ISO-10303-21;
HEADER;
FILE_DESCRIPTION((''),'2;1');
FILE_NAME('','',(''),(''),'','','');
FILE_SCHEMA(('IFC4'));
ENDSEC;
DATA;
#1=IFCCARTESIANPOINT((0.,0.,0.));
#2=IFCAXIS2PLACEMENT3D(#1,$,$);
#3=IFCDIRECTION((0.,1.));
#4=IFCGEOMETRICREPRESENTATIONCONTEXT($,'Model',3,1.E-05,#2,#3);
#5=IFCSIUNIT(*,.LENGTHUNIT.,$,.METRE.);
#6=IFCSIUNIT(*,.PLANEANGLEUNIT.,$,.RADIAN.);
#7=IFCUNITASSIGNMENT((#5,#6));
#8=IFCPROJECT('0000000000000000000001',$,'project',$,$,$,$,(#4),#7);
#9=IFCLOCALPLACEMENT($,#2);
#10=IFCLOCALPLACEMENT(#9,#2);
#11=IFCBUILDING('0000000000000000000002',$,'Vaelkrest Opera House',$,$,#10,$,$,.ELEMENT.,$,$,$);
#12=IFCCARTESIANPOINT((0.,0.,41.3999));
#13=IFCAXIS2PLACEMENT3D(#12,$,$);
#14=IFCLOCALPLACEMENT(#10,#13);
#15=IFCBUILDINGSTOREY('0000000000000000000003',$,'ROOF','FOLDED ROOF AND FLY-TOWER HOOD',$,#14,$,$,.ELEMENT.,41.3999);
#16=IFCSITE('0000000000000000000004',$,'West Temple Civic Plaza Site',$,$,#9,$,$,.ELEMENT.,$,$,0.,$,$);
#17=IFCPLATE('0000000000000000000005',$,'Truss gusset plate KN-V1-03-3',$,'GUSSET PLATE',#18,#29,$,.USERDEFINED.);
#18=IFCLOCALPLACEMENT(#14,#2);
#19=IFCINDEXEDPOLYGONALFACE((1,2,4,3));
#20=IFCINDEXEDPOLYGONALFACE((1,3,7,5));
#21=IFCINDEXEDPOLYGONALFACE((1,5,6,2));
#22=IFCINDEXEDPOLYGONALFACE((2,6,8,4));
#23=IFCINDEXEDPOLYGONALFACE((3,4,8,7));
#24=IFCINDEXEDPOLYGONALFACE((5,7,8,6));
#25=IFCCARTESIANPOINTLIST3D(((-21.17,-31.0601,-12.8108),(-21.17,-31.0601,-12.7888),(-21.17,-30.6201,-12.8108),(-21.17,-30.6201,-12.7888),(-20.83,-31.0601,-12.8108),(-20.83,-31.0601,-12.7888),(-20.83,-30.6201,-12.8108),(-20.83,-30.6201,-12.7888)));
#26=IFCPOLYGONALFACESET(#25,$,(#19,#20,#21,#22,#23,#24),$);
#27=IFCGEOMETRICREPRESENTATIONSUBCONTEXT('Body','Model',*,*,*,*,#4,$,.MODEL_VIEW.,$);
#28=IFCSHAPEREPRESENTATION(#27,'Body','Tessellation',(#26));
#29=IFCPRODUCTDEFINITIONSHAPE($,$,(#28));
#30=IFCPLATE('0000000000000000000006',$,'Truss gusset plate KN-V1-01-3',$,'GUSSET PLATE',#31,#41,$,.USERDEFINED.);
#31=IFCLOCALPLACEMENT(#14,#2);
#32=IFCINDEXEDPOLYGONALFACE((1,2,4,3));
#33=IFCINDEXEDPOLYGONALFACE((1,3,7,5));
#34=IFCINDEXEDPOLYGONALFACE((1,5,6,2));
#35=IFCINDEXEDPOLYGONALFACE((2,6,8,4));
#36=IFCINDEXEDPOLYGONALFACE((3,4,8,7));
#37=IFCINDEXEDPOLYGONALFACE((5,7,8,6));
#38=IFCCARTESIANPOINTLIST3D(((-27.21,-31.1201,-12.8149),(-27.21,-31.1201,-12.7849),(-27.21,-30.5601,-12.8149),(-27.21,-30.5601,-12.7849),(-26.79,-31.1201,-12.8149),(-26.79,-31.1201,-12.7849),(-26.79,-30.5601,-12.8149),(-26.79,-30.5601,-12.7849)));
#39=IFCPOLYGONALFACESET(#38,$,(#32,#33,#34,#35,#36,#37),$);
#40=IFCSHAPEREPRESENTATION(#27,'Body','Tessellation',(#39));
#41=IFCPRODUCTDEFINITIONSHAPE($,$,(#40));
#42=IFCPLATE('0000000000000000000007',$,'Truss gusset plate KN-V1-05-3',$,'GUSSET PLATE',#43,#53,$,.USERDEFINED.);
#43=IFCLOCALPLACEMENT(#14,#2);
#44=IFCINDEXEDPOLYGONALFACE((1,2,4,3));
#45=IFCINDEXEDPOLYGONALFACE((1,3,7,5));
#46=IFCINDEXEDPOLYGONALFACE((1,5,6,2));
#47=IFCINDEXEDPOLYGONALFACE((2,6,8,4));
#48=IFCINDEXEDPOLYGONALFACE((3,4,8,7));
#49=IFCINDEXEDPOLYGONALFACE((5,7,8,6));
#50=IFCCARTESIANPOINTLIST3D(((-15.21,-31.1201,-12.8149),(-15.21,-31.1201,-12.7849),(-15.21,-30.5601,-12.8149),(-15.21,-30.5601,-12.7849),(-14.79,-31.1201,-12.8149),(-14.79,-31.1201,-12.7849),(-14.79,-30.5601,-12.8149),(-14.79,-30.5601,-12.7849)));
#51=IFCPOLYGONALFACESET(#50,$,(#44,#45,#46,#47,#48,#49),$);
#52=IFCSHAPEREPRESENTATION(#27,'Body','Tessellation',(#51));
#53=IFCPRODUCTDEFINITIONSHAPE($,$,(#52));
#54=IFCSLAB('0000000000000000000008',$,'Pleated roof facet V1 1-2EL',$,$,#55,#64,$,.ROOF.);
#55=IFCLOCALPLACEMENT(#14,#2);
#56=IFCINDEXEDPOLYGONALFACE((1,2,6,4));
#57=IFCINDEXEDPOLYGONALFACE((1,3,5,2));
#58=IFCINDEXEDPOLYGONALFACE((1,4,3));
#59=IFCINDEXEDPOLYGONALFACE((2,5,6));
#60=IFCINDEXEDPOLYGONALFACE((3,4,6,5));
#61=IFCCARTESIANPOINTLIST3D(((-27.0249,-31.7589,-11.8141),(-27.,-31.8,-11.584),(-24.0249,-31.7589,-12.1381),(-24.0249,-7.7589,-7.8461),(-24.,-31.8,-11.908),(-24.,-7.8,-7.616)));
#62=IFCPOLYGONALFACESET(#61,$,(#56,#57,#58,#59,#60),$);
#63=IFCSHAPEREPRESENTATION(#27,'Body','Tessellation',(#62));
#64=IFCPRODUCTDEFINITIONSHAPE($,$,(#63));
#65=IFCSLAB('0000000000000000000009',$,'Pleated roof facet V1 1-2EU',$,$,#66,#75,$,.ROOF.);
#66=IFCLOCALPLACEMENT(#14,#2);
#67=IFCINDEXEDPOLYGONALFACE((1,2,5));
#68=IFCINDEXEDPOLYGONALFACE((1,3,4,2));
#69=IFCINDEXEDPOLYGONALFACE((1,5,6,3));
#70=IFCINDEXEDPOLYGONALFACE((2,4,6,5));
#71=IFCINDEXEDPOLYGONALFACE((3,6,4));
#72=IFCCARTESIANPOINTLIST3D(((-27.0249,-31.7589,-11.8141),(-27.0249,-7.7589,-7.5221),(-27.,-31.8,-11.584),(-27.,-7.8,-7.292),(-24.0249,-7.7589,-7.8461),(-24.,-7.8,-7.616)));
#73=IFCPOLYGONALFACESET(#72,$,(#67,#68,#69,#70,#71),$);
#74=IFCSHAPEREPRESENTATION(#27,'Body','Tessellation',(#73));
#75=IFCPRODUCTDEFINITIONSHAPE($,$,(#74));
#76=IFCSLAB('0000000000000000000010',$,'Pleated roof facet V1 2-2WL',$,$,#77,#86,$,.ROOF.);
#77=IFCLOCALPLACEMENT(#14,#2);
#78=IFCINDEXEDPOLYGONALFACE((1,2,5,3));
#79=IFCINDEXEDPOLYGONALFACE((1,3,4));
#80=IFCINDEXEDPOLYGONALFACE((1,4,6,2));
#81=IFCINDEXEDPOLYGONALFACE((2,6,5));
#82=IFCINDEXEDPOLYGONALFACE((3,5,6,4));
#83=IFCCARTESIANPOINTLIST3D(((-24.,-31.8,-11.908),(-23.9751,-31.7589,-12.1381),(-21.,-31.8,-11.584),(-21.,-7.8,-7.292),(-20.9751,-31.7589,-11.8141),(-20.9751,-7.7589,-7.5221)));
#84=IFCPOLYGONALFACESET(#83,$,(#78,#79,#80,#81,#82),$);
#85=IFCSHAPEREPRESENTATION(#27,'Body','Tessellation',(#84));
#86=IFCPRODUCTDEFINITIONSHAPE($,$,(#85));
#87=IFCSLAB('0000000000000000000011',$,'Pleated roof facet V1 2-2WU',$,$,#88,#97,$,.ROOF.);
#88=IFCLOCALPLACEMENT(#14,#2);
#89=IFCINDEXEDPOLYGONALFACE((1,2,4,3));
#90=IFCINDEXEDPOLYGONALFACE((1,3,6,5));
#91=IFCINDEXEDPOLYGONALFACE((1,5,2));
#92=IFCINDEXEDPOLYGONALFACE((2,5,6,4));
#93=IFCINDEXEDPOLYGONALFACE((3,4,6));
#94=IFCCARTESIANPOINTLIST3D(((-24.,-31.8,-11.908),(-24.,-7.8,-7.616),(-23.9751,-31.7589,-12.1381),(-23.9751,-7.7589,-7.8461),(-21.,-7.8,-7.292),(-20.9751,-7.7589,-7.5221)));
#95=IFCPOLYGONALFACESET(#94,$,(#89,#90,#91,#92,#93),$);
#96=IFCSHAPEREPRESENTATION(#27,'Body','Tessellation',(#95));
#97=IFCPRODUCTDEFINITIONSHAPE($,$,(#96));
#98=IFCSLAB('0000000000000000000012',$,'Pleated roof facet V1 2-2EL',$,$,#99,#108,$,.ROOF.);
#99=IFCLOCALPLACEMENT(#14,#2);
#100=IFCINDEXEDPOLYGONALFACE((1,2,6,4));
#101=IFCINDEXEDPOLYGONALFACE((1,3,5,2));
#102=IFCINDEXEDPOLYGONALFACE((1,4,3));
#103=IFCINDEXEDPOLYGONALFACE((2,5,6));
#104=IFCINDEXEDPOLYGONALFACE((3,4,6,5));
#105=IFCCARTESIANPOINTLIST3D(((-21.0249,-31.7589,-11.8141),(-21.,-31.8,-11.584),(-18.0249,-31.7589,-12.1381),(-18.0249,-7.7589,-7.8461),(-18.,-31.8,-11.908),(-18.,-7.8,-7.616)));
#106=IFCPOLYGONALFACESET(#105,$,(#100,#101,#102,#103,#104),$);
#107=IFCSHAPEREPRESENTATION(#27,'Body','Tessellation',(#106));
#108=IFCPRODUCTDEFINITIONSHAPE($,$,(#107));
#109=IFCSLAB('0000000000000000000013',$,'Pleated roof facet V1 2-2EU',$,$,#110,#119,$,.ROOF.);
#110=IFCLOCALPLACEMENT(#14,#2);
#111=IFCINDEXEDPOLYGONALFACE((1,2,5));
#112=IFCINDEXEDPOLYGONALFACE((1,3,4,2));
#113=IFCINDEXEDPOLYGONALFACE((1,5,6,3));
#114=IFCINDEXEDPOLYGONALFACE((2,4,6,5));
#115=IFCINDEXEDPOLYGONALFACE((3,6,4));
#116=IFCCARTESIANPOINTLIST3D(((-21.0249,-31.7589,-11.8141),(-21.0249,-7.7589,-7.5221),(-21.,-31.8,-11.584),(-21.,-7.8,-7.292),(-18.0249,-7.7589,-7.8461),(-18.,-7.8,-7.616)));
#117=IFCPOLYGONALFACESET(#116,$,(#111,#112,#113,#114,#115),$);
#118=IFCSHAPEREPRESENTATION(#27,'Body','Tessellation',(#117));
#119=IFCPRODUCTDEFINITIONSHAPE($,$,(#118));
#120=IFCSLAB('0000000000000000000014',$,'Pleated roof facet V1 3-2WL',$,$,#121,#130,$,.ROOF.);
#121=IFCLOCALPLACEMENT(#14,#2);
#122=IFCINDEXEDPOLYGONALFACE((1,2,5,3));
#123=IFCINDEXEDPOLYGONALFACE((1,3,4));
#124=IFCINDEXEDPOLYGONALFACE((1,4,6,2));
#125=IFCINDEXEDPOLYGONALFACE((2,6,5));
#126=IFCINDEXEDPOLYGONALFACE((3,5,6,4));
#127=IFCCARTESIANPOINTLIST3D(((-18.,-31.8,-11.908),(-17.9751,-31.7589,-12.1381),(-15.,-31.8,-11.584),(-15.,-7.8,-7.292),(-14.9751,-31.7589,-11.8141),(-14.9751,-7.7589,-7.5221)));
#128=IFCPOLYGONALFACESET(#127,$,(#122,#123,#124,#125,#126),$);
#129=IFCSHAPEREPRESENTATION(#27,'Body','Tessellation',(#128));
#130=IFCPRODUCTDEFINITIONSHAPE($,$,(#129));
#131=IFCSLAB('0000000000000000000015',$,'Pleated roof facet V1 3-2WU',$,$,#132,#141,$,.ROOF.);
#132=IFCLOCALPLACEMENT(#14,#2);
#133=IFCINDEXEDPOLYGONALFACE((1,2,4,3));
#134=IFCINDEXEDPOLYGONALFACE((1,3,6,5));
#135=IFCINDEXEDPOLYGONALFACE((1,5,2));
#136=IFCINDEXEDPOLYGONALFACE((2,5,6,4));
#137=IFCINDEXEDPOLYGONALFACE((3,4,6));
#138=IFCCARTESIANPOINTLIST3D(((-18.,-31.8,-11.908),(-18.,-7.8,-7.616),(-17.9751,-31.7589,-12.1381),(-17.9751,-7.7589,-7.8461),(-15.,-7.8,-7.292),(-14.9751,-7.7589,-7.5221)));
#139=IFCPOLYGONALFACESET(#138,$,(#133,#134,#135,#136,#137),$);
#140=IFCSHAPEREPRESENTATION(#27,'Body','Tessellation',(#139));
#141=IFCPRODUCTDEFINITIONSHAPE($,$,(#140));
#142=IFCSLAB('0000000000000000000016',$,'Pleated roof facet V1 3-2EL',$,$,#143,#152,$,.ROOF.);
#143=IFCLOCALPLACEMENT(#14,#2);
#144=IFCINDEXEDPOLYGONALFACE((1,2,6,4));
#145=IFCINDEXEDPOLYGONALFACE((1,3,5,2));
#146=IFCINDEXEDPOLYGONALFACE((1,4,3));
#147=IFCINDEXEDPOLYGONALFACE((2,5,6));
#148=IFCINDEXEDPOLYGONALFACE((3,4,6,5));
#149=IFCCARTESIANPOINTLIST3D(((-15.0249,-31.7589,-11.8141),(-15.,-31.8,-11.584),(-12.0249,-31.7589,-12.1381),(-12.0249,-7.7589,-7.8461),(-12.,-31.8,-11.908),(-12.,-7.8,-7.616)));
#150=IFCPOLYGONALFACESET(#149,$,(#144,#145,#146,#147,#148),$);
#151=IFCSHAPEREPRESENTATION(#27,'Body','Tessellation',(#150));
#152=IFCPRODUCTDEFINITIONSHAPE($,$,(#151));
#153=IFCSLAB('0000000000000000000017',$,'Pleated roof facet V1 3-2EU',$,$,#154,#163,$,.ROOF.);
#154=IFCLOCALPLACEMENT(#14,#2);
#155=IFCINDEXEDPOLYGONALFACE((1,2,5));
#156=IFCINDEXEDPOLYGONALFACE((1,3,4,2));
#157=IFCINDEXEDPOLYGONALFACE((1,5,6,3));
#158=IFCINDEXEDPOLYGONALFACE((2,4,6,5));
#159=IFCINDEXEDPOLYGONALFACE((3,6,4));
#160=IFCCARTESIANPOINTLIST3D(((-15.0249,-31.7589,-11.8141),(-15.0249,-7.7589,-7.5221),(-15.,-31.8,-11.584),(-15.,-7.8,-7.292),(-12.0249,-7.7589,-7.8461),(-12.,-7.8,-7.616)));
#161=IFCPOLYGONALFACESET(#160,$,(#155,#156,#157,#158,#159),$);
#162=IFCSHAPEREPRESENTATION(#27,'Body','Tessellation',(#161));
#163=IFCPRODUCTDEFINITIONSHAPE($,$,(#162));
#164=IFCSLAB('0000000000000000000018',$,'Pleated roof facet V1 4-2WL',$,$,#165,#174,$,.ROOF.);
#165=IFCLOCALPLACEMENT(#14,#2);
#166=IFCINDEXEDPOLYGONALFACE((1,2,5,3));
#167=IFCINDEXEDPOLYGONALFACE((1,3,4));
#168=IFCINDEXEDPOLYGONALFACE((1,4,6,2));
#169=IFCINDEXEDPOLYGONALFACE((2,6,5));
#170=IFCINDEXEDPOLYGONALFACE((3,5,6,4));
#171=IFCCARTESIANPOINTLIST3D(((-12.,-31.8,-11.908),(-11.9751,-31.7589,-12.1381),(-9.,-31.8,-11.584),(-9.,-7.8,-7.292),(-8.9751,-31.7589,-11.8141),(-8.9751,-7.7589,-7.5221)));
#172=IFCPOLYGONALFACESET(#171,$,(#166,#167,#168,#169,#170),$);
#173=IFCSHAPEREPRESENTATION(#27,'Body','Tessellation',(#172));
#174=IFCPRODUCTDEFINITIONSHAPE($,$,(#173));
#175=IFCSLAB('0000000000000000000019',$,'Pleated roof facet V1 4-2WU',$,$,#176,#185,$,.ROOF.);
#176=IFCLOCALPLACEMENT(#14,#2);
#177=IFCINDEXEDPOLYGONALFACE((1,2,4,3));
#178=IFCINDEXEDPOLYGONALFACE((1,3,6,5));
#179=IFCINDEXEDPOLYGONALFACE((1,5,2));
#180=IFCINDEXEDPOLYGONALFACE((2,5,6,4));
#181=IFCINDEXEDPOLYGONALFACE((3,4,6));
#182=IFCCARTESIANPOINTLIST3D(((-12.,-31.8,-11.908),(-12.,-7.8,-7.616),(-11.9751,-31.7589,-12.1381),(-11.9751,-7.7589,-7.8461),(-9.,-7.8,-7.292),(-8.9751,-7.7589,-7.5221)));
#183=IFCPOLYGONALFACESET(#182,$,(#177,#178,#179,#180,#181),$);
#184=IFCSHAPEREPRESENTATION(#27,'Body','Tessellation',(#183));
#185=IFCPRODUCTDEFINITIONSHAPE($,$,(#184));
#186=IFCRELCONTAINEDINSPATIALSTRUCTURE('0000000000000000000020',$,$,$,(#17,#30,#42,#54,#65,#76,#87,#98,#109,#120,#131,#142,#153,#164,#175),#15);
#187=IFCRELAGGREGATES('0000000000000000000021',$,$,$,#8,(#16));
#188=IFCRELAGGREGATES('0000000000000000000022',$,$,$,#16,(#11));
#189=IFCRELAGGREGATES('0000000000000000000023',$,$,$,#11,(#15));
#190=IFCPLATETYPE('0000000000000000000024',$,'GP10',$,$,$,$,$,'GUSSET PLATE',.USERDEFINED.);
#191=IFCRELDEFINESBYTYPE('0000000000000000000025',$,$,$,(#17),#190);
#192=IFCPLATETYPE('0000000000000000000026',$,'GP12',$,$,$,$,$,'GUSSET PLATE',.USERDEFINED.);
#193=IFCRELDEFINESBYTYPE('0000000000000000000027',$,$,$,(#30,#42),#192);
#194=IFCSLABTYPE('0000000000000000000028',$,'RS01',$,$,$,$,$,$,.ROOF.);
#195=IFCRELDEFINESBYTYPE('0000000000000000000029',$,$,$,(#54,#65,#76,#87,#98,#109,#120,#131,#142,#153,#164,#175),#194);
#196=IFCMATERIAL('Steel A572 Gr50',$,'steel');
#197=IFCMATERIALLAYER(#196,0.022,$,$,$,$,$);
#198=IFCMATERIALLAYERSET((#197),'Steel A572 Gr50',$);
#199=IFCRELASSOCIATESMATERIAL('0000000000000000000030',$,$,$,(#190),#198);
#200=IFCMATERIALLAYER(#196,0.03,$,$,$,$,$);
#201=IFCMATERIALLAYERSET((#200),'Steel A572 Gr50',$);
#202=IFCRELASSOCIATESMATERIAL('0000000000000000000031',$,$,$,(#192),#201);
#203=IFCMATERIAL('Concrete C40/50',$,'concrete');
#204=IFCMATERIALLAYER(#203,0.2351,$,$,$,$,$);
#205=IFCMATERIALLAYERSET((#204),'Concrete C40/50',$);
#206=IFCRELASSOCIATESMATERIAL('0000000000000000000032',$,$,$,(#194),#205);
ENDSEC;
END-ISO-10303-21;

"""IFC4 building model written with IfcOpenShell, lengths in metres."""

from ifc_helpers import new_model, si_unit, direction, frame, origin, origin_2d, place, context, subcontext, project, spatial, polyline, rectangle, outline, extrude, material, layer, layer_set, type_object, element, save


model = new_model("IFC4")

# Units and contexts
model_context = context("Model", 3, precision=1e-05, world=origin(), true_north=direction((0.0, 1.0)))
body_context = subcontext(model_context, "Body", "Model", "MODEL_VIEW")
ifc_project = project(units=[si_unit("LENGTHUNIT", "METRE"), si_unit("PLANEANGLEUNIT", "RADIAN")], contexts=[model_context])

# Site, building, storey
site_placement = place(None, origin())
site = spatial("IfcSite", under=ifc_project, at=site_placement, Name="West Temple Civic Plaza Site", CompositionType="ELEMENT", RefElevation=0.0)
building_placement = place(site_placement, origin())
building = spatial("IfcBuilding", under=site, at=building_placement, Name="Vaelkrest Opera House", CompositionType="ELEMENT")
storey_placement = place(building_placement, frame((0.0, 0.0, 41.3999)))
storey = spatial("IfcBuildingStorey", under=building, at=storey_placement, Name="ROOF", Description="FOLDED ROOF AND FLY-TOWER HOOD", CompositionType="ELEMENT", Elevation=41.3999)

# Plates
ifc_material_1 = material(Name="Steel A572 Gr50", Category="steel")
ifc_layer_1 = layer(ifc_material_1, 0.022)
ifc_layer_set_1 = layer_set([ifc_layer_1], Name="Steel A572 Gr50")
plate_type_1 = type_object("IfcPlateType", Name="GP10", ElementType="GUSSET PLATE", PredefinedType="USERDEFINED", material=ifc_layer_set_1)
plate_placement = place(storey_placement, frame((-21.0, -30.8401, -12.8108), z_axis=(0.0, 0.0, 1.0), x_axis=(0.0, 1.0, 0.0)))
element("IfcPlate", 1, at=plate_placement, inside=storey, type_object=plate_type_1, Name="Truss gusset plate KN-V1-03-3", ObjectType="GUSSET PLATE", PredefinedType="USERDEFINED", context=body_context, shape_type="SweptSolid", body=[
    extrude(rectangle(XDim=0.4399, YDim=0.3401, at=origin_2d()), origin(), (0.0, 0.0, 1.0), 0.022),
])
ifc_layer_2 = layer(ifc_material_1, 0.03)
ifc_layer_set_2 = layer_set([ifc_layer_2], Name="Steel A572 Gr50")
plate_type_2 = type_object("IfcPlateType", Name="GP12", ElementType="GUSSET PLATE", PredefinedType="USERDEFINED", material=ifc_layer_set_2)
for number, where, z_axis, x_axis, name in (
    (2, (-27.0, -30.8401, -12.8149), (0.0, 0.0, 1.0), (0.0, 1.0, 0.0), "Truss gusset plate KN-V1-01-3"),
    (3, (-15.0, -30.8401, -12.8149), (0.0, 0.0, 1.0), (0.0, 1.0, 0.0), "Truss gusset plate KN-V1-05-3"),
):
    element("IfcPlate", number, at=place(storey_placement, frame(where, z_axis=z_axis, x_axis=x_axis)), inside=storey, type_object=plate_type_2, Name=name, ObjectType="GUSSET PLATE", PredefinedType="USERDEFINED", context=body_context, shape_type="SweptSolid", body=[
        extrude(rectangle(XDim=0.5601, YDim=0.4199, at=origin_2d()), origin(), (0.0, 0.0, 1.0), 0.03),
    ])

# Slabs
ifc_material_2 = material(Name="Concrete C40/50", Category="concrete")
ifc_layer_3 = layer(ifc_material_2, 0.2351)
ifc_layer_set_3 = layer_set([ifc_layer_3], Name="Concrete C40/50")
slab_type = type_object("IfcSlabType", Name="RS01", PredefinedType="ROOF", material=ifc_layer_set_3)
slab_1_placement = place(storey_placement, frame((-27.0, -31.8, -11.584), z_axis=(0.105709, -0.175054, 0.978868), x_axis=(0.994219, 0.0, -0.107367)))
element("IfcSlab", 4, at=slab_1_placement, inside=storey, type_object=slab_type, Name="Pleated roof facet V1 1-2EL", PredefinedType="ROOF", context=body_context, shape_type="SweptSolid", body=[
    extrude(outline(polyline([(0.0, 0.0), (3.0174, 0.0), (2.5566, 24.3764), (0.0, 0.0)])), origin(), (0.0, 0.0, -1.0), 0.2351),
])
slab_2_placement = place(storey_placement, frame((-27.0, -31.8, -11.584), z_axis=(0.105709, -0.175054, 0.978868), x_axis=(0.122399, 0.979188, 0.161893)))
element("IfcSlab", 5, at=slab_2_placement, inside=storey, type_object=slab_type, Name="Pleated roof facet V1 1-2EU", PredefinedType="ROOF", context=body_context, shape_type="SweptSolid", body=[
    extrude(outline(polyline([(0.0, 0.0), (24.5101, 0.0), (24.1954, 3.001), (0.0, 0.0)])), origin(), (0.0, 0.0, -1.0), 0.2351),
])
slab_3_placement = place(storey_placement, frame((-24.0, -31.8, -11.908), z_axis=(-0.105709, -0.175054, 0.978868), x_axis=(0.994219, 0.0, 0.107367)))
element("IfcSlab", 6, at=slab_3_placement, inside=storey, type_object=slab_type, Name="Pleated roof facet V1 2-2WL", PredefinedType="ROOF", context=body_context, shape_type="SweptSolid", body=[
    extrude(outline(polyline([(0.0, 0.0), (3.0174, 0.0), (3.4783, 24.3764), (0.0, 0.0)])), origin(), (0.0, 0.0, -1.0), 0.2351),
])
slab_4_placement = place(storey_placement, frame((-24.0, -31.8, -11.908), z_axis=(-0.105709, -0.175054, 0.978868), x_axis=(0.121836, 0.974686, 0.187463)))
element("IfcSlab", 7, at=slab_4_placement, inside=storey, type_object=slab_type, Name="Pleated roof facet V1 2-2WU", PredefinedType="ROOF", context=body_context, shape_type="SweptSolid", body=[
    extrude(outline(polyline([(0.0, 0.0), (24.6233, 0.0), (24.1971, 2.9872), (0.0, 0.0)])), origin(), (0.0, 0.0, -1.0), 0.2351),
])
slab_5_placement = place(storey_placement, frame((-21.0, -31.8, -11.584), z_axis=(0.105709, -0.175054, 0.978868), x_axis=(0.994219, 0.0, -0.107367)))
element("IfcSlab", 8, at=slab_5_placement, inside=storey, type_object=slab_type, Name="Pleated roof facet V1 2-2EL", PredefinedType="ROOF", context=body_context, shape_type="SweptSolid", body=[
    extrude(outline(polyline([(0.0, 0.0), (3.0174, 0.0), (2.5566, 24.3764), (0.0, 0.0)])), origin(), (0.0, 0.0, -1.0), 0.2351),
])
slab_6_placement = place(storey_placement, frame((-21.0, -31.8, -11.584), z_axis=(0.105709, -0.175054, 0.978868), x_axis=(0.122399, 0.979188, 0.161893)))
element("IfcSlab", 9, at=slab_6_placement, inside=storey, type_object=slab_type, Name="Pleated roof facet V1 2-2EU", PredefinedType="ROOF", context=body_context, shape_type="SweptSolid", body=[
    extrude(outline(polyline([(0.0, 0.0), (24.5101, 0.0), (24.1954, 3.001), (0.0, 0.0)])), origin(), (0.0, 0.0, -1.0), 0.2351),
])
slab_7_placement = place(storey_placement, frame((-18.0, -31.8, -11.908), z_axis=(-0.105709, -0.175054, 0.978868), x_axis=(0.994219, 0.0, 0.107367)))
element("IfcSlab", 10, at=slab_7_placement, inside=storey, type_object=slab_type, Name="Pleated roof facet V1 3-2WL", PredefinedType="ROOF", context=body_context, shape_type="SweptSolid", body=[
    extrude(outline(polyline([(0.0, 0.0), (3.0174, 0.0), (3.4783, 24.3764), (0.0, 0.0)])), origin(), (0.0, 0.0, -1.0), 0.2351),
])
slab_8_placement = place(storey_placement, frame((-18.0, -31.8, -11.908), z_axis=(-0.105709, -0.175054, 0.978868), x_axis=(0.121836, 0.974686, 0.187463)))
element("IfcSlab", 11, at=slab_8_placement, inside=storey, type_object=slab_type, Name="Pleated roof facet V1 3-2WU", PredefinedType="ROOF", context=body_context, shape_type="SweptSolid", body=[
    extrude(outline(polyline([(0.0, 0.0), (24.6233, 0.0), (24.1971, 2.9872), (0.0, 0.0)])), origin(), (0.0, 0.0, -1.0), 0.2351),
])
slab_9_placement = place(storey_placement, frame((-15.0, -31.8, -11.584), z_axis=(0.105709, -0.175054, 0.978868), x_axis=(0.994219, 0.0, -0.107367)))
element("IfcSlab", 12, at=slab_9_placement, inside=storey, type_object=slab_type, Name="Pleated roof facet V1 3-2EL", PredefinedType="ROOF", context=body_context, shape_type="SweptSolid", body=[
    extrude(outline(polyline([(0.0, 0.0), (3.0174, 0.0), (2.5566, 24.3764), (0.0, 0.0)])), origin(), (0.0, 0.0, -1.0), 0.2351),
])
slab_10_placement = place(storey_placement, frame((-15.0, -31.8, -11.584), z_axis=(0.105709, -0.175054, 0.978868), x_axis=(0.122399, 0.979188, 0.161893)))
element("IfcSlab", 13, at=slab_10_placement, inside=storey, type_object=slab_type, Name="Pleated roof facet V1 3-2EU", PredefinedType="ROOF", context=body_context, shape_type="SweptSolid", body=[
    extrude(outline(polyline([(0.0, 0.0), (24.5101, 0.0), (24.1954, 3.001), (0.0, 0.0)])), origin(), (0.0, 0.0, -1.0), 0.2351),
])
slab_11_placement = place(storey_placement, frame((-12.0, -31.8, -11.908), z_axis=(-0.105709, -0.175054, 0.978868), x_axis=(0.994219, 0.0, 0.107367)))
element("IfcSlab", 14, at=slab_11_placement, inside=storey, type_object=slab_type, Name="Pleated roof facet V1 4-2WL", PredefinedType="ROOF", context=body_context, shape_type="SweptSolid", body=[
    extrude(outline(polyline([(0.0, 0.0), (3.0174, 0.0), (3.4783, 24.3764), (0.0, 0.0)])), origin(), (0.0, 0.0, -1.0), 0.2351),
])
slab_12_placement = place(storey_placement, frame((-12.0, -31.8, -11.908), z_axis=(-0.105709, -0.175054, 0.978868), x_axis=(0.121836, 0.974686, 0.187463)))
element("IfcSlab", 15, at=slab_12_placement, inside=storey, type_object=slab_type, Name="Pleated roof facet V1 4-2WU", PredefinedType="ROOF", context=body_context, shape_type="SweptSolid", body=[
    extrude(outline(polyline([(0.0, 0.0), (24.6233, 0.0), (24.1971, 2.9872), (0.0, 0.0)])), origin(), (0.0, 0.0, -1.0), 0.2351),
])

save(model, "model.ifc")
